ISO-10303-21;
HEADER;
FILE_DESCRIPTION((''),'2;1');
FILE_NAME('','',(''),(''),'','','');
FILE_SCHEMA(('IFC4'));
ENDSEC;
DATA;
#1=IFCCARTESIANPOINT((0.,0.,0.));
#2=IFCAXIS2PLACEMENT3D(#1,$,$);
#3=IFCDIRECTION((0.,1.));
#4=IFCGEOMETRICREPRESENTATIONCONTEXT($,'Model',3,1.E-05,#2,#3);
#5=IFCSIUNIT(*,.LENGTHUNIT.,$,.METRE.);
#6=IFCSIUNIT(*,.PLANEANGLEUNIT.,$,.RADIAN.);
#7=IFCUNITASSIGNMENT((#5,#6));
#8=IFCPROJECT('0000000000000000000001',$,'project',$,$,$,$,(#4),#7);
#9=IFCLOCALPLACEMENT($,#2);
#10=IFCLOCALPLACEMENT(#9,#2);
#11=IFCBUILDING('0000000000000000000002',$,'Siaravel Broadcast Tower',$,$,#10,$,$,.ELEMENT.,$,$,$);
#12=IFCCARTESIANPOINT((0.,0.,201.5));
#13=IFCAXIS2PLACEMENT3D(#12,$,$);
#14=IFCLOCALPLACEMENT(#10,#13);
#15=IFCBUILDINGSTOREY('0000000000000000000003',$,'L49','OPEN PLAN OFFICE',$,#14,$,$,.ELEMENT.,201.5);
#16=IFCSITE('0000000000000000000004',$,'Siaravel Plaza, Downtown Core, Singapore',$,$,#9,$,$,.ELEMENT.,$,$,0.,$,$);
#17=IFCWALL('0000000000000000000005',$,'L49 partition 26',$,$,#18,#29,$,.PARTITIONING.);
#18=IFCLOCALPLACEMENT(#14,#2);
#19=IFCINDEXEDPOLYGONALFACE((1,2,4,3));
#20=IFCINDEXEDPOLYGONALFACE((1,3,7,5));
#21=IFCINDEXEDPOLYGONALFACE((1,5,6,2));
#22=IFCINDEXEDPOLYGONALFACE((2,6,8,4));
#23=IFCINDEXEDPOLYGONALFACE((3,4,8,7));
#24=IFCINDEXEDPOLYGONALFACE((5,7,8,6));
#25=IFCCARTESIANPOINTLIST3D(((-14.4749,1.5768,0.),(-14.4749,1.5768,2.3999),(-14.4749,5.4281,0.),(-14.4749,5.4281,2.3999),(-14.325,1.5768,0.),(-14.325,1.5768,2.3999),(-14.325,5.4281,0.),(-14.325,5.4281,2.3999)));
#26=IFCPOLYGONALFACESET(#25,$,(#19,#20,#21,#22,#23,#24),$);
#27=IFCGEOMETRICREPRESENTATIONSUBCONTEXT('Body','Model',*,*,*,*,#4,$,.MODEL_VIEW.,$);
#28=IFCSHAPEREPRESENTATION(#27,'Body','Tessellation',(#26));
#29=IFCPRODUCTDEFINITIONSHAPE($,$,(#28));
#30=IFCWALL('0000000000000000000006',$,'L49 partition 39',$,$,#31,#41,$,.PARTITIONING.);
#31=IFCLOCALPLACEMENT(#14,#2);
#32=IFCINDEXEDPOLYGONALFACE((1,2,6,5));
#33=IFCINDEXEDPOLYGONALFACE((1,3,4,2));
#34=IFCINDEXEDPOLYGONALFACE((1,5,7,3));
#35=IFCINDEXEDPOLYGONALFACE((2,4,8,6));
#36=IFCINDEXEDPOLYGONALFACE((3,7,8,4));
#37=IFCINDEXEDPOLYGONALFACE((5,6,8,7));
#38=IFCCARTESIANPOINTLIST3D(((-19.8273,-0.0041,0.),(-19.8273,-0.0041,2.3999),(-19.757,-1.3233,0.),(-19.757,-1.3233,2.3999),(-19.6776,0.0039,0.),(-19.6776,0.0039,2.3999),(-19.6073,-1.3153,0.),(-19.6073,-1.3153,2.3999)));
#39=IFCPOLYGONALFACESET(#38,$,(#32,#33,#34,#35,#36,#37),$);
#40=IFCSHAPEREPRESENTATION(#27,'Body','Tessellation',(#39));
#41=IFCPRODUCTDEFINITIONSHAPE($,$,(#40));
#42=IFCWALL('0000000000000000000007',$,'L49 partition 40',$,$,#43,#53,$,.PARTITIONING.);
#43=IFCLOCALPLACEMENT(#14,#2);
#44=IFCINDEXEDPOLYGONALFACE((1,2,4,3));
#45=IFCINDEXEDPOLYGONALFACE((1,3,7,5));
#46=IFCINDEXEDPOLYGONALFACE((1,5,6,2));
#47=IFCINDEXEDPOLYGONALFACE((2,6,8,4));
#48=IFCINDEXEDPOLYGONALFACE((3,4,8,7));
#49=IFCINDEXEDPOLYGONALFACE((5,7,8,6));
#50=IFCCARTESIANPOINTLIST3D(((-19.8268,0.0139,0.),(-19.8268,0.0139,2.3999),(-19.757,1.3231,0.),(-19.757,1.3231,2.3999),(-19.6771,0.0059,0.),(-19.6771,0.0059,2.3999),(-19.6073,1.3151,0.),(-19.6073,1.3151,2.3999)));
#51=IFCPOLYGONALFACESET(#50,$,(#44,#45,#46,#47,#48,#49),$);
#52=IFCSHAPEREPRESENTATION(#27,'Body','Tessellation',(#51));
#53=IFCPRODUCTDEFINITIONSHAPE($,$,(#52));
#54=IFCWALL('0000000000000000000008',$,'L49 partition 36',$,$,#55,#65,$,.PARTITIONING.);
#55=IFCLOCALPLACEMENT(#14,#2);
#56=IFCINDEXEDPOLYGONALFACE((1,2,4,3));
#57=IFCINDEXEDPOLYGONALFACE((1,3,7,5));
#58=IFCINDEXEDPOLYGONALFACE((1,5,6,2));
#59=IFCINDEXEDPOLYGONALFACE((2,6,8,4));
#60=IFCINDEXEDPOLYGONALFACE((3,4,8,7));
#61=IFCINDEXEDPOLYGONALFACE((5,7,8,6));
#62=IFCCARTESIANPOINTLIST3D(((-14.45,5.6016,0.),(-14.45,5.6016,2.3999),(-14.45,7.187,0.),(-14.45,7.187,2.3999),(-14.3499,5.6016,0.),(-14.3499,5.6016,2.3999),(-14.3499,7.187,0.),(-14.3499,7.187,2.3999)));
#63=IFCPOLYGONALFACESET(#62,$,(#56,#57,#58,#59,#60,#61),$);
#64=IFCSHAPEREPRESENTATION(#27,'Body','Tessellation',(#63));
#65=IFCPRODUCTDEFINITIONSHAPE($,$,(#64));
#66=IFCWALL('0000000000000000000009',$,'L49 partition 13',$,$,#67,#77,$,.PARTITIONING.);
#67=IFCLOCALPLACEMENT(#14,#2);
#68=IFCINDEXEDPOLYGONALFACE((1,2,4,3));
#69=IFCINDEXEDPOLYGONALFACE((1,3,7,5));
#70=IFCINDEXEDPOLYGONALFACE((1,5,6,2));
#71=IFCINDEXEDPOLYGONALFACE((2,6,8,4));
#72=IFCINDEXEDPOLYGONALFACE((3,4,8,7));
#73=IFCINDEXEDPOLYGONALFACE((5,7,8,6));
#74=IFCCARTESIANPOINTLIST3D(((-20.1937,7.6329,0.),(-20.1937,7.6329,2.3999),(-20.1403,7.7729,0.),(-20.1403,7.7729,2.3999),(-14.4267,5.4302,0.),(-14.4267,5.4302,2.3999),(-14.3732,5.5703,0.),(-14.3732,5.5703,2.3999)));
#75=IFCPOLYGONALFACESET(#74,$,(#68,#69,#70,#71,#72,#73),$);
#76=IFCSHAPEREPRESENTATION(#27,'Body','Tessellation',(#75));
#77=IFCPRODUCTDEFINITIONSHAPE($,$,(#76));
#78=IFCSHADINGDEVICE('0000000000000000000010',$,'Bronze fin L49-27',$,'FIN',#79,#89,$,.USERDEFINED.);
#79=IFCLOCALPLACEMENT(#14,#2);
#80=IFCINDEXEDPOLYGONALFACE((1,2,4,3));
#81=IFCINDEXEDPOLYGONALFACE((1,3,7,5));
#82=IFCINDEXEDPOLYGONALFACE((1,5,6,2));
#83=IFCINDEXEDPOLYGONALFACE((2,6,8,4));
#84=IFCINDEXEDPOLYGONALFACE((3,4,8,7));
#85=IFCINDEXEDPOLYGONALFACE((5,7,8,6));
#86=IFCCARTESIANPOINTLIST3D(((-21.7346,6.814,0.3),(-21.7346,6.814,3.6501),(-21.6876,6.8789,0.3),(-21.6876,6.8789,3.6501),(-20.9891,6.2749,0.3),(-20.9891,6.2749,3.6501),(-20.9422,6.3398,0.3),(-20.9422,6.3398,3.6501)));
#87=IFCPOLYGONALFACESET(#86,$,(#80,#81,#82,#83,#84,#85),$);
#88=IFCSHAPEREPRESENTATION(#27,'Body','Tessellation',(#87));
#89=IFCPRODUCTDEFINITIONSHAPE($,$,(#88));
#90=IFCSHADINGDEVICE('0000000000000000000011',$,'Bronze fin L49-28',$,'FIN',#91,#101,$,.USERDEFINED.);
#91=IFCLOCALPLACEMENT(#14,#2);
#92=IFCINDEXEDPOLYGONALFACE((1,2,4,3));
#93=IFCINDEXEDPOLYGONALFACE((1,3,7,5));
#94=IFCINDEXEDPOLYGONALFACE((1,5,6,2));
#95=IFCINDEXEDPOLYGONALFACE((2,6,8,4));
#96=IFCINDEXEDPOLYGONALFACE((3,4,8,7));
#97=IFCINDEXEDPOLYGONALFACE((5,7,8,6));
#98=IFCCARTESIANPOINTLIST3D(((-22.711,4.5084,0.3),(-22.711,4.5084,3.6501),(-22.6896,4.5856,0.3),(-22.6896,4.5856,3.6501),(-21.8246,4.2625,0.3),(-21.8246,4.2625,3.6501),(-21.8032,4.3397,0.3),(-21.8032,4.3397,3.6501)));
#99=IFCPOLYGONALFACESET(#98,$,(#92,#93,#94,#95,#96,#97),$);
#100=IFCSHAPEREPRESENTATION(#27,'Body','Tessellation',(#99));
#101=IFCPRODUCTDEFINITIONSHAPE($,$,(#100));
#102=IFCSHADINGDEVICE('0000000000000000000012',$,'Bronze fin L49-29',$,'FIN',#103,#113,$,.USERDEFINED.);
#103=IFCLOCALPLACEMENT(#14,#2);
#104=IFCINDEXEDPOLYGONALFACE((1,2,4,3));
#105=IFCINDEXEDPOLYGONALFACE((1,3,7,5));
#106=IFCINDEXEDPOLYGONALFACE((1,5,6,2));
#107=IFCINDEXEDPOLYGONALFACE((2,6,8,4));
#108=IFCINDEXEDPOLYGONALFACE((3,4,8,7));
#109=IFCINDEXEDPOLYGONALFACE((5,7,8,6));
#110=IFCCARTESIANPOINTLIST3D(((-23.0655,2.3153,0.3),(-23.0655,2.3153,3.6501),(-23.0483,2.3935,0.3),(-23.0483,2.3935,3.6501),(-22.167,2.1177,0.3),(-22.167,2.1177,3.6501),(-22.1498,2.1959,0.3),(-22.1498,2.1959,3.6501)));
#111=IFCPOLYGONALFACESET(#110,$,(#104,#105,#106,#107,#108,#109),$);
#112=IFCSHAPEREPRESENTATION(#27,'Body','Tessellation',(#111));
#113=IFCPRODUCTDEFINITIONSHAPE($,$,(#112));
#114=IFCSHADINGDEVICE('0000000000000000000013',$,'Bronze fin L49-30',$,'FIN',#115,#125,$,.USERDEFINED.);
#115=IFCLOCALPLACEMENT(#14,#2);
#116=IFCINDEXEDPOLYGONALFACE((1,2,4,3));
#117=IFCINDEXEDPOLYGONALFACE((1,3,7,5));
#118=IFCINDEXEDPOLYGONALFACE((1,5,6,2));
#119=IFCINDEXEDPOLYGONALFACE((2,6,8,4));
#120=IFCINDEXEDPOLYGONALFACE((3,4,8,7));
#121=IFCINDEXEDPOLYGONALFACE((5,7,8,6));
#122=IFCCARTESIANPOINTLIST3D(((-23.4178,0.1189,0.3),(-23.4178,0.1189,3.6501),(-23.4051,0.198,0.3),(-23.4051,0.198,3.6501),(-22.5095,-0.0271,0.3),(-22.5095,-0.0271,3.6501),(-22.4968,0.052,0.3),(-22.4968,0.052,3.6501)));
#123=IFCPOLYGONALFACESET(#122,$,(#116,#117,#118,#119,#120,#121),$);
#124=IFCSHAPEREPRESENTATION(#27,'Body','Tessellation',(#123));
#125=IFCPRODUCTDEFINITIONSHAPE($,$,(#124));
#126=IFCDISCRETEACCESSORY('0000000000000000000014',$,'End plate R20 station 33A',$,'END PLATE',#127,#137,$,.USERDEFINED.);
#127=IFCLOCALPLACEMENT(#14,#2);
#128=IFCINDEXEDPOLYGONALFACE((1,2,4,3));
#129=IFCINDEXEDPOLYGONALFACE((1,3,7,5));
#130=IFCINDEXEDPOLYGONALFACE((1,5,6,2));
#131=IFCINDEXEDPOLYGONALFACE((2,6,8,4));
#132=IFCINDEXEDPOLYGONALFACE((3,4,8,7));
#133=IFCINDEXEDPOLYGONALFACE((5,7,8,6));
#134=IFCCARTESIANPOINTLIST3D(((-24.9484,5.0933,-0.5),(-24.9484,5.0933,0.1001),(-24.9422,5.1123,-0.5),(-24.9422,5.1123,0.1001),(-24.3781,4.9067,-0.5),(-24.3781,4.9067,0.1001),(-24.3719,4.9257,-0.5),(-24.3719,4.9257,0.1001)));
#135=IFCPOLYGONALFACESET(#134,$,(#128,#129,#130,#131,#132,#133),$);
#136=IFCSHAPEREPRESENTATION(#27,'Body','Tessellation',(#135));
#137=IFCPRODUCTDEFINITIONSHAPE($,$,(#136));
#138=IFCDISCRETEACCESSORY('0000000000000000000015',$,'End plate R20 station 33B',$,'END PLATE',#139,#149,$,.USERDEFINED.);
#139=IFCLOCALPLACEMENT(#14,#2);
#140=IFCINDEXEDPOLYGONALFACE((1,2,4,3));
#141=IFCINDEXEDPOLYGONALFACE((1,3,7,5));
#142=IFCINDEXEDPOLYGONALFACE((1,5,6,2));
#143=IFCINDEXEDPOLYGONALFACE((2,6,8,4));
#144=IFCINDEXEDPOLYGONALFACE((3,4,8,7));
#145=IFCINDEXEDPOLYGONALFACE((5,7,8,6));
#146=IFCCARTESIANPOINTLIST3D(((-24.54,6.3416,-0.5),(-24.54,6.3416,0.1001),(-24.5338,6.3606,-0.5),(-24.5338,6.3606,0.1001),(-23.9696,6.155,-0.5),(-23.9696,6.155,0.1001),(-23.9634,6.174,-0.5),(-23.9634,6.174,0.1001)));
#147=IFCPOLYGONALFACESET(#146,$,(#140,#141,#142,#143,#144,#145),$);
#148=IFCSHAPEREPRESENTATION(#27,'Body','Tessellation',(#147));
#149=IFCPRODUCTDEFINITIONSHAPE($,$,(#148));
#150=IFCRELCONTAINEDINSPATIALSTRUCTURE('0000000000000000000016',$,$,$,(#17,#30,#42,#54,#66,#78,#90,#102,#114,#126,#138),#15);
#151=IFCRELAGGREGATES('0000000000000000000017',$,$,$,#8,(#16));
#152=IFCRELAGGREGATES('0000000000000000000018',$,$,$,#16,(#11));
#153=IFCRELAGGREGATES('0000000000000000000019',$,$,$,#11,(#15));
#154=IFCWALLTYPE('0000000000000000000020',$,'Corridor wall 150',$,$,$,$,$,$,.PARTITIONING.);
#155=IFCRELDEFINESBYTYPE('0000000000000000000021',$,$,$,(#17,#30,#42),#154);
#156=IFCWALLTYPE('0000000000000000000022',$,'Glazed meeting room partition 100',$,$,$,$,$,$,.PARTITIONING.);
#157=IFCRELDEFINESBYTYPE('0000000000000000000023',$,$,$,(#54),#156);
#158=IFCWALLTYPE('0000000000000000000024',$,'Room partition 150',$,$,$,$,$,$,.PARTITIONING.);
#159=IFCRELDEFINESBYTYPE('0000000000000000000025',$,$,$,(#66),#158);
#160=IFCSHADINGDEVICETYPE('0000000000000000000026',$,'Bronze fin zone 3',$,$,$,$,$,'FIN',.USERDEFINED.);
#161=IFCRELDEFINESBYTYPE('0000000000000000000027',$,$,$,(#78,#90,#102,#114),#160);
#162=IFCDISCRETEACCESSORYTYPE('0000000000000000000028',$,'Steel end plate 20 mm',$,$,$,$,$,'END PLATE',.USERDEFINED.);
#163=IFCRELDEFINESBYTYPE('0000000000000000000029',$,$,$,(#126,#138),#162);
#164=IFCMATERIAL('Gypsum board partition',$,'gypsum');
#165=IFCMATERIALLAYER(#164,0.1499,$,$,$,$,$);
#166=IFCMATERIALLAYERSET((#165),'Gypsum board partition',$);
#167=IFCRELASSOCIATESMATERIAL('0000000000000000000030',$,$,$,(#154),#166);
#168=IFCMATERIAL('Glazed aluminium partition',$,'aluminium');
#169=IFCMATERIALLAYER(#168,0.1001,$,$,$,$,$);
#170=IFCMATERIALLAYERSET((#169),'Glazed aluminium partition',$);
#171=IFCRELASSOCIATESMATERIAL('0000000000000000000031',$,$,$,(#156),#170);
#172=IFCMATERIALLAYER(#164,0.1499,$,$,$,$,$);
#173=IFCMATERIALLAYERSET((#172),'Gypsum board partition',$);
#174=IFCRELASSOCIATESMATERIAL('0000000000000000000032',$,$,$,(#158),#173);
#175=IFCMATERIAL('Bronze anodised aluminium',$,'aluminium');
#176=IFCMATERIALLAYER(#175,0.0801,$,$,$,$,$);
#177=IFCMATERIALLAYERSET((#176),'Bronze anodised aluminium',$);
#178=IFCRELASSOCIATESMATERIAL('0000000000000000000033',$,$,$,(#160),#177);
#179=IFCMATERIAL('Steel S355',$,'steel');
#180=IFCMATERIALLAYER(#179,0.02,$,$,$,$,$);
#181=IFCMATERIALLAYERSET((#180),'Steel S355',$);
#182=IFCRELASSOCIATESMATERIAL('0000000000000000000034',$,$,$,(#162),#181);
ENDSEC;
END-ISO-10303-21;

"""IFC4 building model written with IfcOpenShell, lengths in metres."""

from ifc_helpers import new_model, si_unit, direction, frame, frame_2d, origin, origin_2d, place, context, subcontext, project, spatial, rectangle, extrude, material, layer, layer_set, type_object, element, save


model = new_model("IFC4")

# Units and contexts
model_context = context("Model", 3, precision=1e-05, world=origin(), true_north=direction((0.0, 1.0)))
body_context = subcontext(model_context, "Body", "Model", "MODEL_VIEW")
ifc_project = project(units=[si_unit("LENGTHUNIT", "METRE"), si_unit("PLANEANGLEUNIT", "RADIAN")], contexts=[model_context])

# Site, building, storey
site_placement = place(None, origin())
site = spatial("IfcSite", under=ifc_project, at=site_placement, Name="Siaravel Plaza, Downtown Core, Singapore", CompositionType="ELEMENT", RefElevation=0.0)
building_placement = place(site_placement, origin())
building = spatial("IfcBuilding", under=site, at=building_placement, Name="Siaravel Broadcast Tower", CompositionType="ELEMENT")
storey_placement = place(building_placement, frame((0.0, 0.0, 201.5)))
storey = spatial("IfcBuildingStorey", under=building, at=storey_placement, Name="L49", Description="OPEN PLAN OFFICE", CompositionType="ELEMENT", Elevation=201.5)

# Shared definitions
ifc_material_1 = material(Name="Steel S355", Category="steel")

# Walls
ifc_material_2 = material(Name="Gypsum board partition", Category="gypsum")
ifc_layer_1 = layer(ifc_material_2, 0.1499)
ifc_layer_set_1 = layer_set([ifc_layer_1], Name="Gypsum board partition")
wall_type_1 = type_object("IfcWallType", Name="Corridor wall 150", PredefinedType="PARTITIONING", material=ifc_layer_set_1)
wall_1_placement = place(storey_placement, frame((-14.3999, 5.4282, 0.0), z_axis=(0.0, 0.0, 1.0), x_axis=(0.0, -1.0, 0.0)))
element("IfcWall", 1, at=wall_1_placement, inside=storey, type_object=wall_type_1, Name="L49 partition 26", PredefinedType="PARTITIONING", context=body_context, shape_type="SweptSolid", body=[
    extrude(rectangle(XDim=3.8513, YDim=0.1499, at=frame_2d((1.9258, 0.0))), origin(), (0.0, 0.0, 1.0), 2.3999),
])
wall_2_placement = place(storey_placement, frame((-19.7524, 0.0, 0.0), z_axis=(0.0, 0.0, 1.0), x_axis=(0.053228, -0.998582, 0.0)))
element("IfcWall", 2, at=wall_2_placement, inside=storey, type_object=wall_type_1, Name="L49 partition 39", PredefinedType="PARTITIONING", context=body_context, shape_type="SweptSolid", body=[
    extrude(rectangle(XDim=1.321, YDim=0.1499, at=frame_2d((0.6606, 0.0))), origin(), (0.0, 0.0, 1.0), 2.3999),
])
wall_3_placement = place(storey_placement, frame((-19.6821, 1.3191, 0.0), z_axis=(0.0, 0.0, 1.0), x_axis=(-0.053263, -0.998581, 0.0)))
element("IfcWall", 3, at=wall_3_placement, inside=storey, type_object=wall_type_1, Name="L49 partition 40", PredefinedType="PARTITIONING", context=body_context, shape_type="SweptSolid", body=[
    extrude(rectangle(XDim=1.311, YDim=0.1499, at=frame_2d((0.6555, 0.0))), origin(), (0.0, 0.0, 1.0), 2.3999),
])
ifc_material_3 = material(Name="Glazed aluminium partition", Category="aluminium")
ifc_layer_2 = layer(ifc_material_3, 0.1001)
ifc_layer_set_2 = layer_set([ifc_layer_2], Name="Glazed aluminium partition")
wall_type_2 = type_object("IfcWallType", Name="Glazed meeting room partition 100", PredefinedType="PARTITIONING", material=ifc_layer_set_2)
wall_4_placement = place(storey_placement, frame((-14.3999, 7.187, 0.0), z_axis=(0.0, 0.0, 1.0), x_axis=(0.0, -1.0, 0.0)))
element("IfcWall", 4, at=wall_4_placement, inside=storey, type_object=wall_type_2, Name="L49 partition 36", PredefinedType="PARTITIONING", context=body_context, shape_type="SweptSolid", body=[
    extrude(rectangle(XDim=1.5854, YDim=0.1001, at=frame_2d((0.7927, 0.0))), origin(), (0.0, 0.0, 1.0), 2.3999),
])
ifc_layer_3 = layer(ifc_material_2, 0.1499)
ifc_layer_set_3 = layer_set([ifc_layer_3], Name="Gypsum board partition")
wall_type_3 = type_object("IfcWallType", Name="Room partition 150", PredefinedType="PARTITIONING", material=ifc_layer_set_3)
wall_5_placement = place(storey_placement, frame((-20.167, 7.7029, 0.0), z_axis=(0.0, 0.0, 1.0), x_axis=(0.934183, -0.356794, 0.0)))
element("IfcWall", 5, at=wall_5_placement, inside=storey, type_object=wall_type_3, Name="L49 partition 13", PredefinedType="PARTITIONING", context=body_context, shape_type="SweptSolid", body=[
    extrude(rectangle(XDim=6.1733, YDim=0.1499, at=frame_2d((3.0867, 0.0))), origin(), (0.0, 0.0, 1.0), 2.3999),
])

# Shading devices
ifc_material_4 = material(Name="Bronze anodised aluminium", Category="aluminium")
ifc_layer_4 = layer(ifc_material_4, 0.0801)
ifc_layer_set_4 = layer_set([ifc_layer_4], Name="Bronze anodised aluminium")
shading_device_type = type_object("IfcShadingDeviceType", Name="Bronze fin zone 3", ElementType="FIN", PredefinedType="USERDEFINED", material=ifc_layer_set_4)
for number, where, z_axis, x_axis, name in (
    (6, (-21.3384, 6.5769, 0.3), (0.0, 0.0, 1.0), (-0.810347, 0.585951, 0.0), "Bronze fin L49-27"),
    (7, (-22.2571, 4.4241, 0.3), (0.0, 0.0, 1.0), (-0.963607, 0.267324, 0.0), "Bronze fin L49-28"),
    (8, (-22.6077, 2.2556, 0.3), (0.0, 0.0, 1.0), (-0.976657, 0.214805, 0.0), "Bronze fin L49-29"),
    (9, (-22.9573, 0.0854, 0.3), (0.0, 0.0, 1.0), (-0.987329, 0.158684, 0.0), "Bronze fin L49-30"),
):
    element("IfcShadingDevice", number, at=place(storey_placement, frame(where, z_axis=z_axis, x_axis=x_axis)), inside=storey, type_object=shading_device_type, Name=name, ObjectType="FIN", PredefinedType="USERDEFINED", context=body_context, shape_type="SweptSolid", body=[
        extrude(rectangle(XDim=0.9199, YDim=0.0801, at=origin_2d()), origin(), (0.0, 0.0, 1.0), 3.3501),
    ])

# Discrete accessories
ifc_layer_5 = layer(ifc_material_1, 0.02)
ifc_layer_set_5 = layer_set([ifc_layer_5], Name="Steel S355")
discrete_accessory_type = type_object("IfcDiscreteAccessoryType", Name="Steel end plate 20 mm", ElementType="END PLATE", PredefinedType="USERDEFINED", material=ifc_layer_set_5)
for number, where, z_axis, x_axis, name in (
    (10, (-24.6602, 5.0095, -0.5), (0.0, 0.0, 1.0), (-0.31091, -0.950439, 0.0), "End plate R20 station 33A"),
    (11, (-24.2517, 6.2578, -0.5), (0.0, 0.0, 1.0), (-0.31091, -0.950439, 0.0), "End plate R20 station 33B"),
):
    element("IfcDiscreteAccessory", number, at=place(storey_placement, frame(where, z_axis=z_axis, x_axis=x_axis)), inside=storey, type_object=discrete_accessory_type, Name=name, ObjectType="END PLATE", PredefinedType="USERDEFINED", context=body_context, shape_type="SweptSolid", body=[
        extrude(rectangle(XDim=0.02, YDim=0.6001, at=origin_2d()), origin(), (0.0, 0.0, 1.0), 0.6001),
    ])

save(model, "model.ifc")
